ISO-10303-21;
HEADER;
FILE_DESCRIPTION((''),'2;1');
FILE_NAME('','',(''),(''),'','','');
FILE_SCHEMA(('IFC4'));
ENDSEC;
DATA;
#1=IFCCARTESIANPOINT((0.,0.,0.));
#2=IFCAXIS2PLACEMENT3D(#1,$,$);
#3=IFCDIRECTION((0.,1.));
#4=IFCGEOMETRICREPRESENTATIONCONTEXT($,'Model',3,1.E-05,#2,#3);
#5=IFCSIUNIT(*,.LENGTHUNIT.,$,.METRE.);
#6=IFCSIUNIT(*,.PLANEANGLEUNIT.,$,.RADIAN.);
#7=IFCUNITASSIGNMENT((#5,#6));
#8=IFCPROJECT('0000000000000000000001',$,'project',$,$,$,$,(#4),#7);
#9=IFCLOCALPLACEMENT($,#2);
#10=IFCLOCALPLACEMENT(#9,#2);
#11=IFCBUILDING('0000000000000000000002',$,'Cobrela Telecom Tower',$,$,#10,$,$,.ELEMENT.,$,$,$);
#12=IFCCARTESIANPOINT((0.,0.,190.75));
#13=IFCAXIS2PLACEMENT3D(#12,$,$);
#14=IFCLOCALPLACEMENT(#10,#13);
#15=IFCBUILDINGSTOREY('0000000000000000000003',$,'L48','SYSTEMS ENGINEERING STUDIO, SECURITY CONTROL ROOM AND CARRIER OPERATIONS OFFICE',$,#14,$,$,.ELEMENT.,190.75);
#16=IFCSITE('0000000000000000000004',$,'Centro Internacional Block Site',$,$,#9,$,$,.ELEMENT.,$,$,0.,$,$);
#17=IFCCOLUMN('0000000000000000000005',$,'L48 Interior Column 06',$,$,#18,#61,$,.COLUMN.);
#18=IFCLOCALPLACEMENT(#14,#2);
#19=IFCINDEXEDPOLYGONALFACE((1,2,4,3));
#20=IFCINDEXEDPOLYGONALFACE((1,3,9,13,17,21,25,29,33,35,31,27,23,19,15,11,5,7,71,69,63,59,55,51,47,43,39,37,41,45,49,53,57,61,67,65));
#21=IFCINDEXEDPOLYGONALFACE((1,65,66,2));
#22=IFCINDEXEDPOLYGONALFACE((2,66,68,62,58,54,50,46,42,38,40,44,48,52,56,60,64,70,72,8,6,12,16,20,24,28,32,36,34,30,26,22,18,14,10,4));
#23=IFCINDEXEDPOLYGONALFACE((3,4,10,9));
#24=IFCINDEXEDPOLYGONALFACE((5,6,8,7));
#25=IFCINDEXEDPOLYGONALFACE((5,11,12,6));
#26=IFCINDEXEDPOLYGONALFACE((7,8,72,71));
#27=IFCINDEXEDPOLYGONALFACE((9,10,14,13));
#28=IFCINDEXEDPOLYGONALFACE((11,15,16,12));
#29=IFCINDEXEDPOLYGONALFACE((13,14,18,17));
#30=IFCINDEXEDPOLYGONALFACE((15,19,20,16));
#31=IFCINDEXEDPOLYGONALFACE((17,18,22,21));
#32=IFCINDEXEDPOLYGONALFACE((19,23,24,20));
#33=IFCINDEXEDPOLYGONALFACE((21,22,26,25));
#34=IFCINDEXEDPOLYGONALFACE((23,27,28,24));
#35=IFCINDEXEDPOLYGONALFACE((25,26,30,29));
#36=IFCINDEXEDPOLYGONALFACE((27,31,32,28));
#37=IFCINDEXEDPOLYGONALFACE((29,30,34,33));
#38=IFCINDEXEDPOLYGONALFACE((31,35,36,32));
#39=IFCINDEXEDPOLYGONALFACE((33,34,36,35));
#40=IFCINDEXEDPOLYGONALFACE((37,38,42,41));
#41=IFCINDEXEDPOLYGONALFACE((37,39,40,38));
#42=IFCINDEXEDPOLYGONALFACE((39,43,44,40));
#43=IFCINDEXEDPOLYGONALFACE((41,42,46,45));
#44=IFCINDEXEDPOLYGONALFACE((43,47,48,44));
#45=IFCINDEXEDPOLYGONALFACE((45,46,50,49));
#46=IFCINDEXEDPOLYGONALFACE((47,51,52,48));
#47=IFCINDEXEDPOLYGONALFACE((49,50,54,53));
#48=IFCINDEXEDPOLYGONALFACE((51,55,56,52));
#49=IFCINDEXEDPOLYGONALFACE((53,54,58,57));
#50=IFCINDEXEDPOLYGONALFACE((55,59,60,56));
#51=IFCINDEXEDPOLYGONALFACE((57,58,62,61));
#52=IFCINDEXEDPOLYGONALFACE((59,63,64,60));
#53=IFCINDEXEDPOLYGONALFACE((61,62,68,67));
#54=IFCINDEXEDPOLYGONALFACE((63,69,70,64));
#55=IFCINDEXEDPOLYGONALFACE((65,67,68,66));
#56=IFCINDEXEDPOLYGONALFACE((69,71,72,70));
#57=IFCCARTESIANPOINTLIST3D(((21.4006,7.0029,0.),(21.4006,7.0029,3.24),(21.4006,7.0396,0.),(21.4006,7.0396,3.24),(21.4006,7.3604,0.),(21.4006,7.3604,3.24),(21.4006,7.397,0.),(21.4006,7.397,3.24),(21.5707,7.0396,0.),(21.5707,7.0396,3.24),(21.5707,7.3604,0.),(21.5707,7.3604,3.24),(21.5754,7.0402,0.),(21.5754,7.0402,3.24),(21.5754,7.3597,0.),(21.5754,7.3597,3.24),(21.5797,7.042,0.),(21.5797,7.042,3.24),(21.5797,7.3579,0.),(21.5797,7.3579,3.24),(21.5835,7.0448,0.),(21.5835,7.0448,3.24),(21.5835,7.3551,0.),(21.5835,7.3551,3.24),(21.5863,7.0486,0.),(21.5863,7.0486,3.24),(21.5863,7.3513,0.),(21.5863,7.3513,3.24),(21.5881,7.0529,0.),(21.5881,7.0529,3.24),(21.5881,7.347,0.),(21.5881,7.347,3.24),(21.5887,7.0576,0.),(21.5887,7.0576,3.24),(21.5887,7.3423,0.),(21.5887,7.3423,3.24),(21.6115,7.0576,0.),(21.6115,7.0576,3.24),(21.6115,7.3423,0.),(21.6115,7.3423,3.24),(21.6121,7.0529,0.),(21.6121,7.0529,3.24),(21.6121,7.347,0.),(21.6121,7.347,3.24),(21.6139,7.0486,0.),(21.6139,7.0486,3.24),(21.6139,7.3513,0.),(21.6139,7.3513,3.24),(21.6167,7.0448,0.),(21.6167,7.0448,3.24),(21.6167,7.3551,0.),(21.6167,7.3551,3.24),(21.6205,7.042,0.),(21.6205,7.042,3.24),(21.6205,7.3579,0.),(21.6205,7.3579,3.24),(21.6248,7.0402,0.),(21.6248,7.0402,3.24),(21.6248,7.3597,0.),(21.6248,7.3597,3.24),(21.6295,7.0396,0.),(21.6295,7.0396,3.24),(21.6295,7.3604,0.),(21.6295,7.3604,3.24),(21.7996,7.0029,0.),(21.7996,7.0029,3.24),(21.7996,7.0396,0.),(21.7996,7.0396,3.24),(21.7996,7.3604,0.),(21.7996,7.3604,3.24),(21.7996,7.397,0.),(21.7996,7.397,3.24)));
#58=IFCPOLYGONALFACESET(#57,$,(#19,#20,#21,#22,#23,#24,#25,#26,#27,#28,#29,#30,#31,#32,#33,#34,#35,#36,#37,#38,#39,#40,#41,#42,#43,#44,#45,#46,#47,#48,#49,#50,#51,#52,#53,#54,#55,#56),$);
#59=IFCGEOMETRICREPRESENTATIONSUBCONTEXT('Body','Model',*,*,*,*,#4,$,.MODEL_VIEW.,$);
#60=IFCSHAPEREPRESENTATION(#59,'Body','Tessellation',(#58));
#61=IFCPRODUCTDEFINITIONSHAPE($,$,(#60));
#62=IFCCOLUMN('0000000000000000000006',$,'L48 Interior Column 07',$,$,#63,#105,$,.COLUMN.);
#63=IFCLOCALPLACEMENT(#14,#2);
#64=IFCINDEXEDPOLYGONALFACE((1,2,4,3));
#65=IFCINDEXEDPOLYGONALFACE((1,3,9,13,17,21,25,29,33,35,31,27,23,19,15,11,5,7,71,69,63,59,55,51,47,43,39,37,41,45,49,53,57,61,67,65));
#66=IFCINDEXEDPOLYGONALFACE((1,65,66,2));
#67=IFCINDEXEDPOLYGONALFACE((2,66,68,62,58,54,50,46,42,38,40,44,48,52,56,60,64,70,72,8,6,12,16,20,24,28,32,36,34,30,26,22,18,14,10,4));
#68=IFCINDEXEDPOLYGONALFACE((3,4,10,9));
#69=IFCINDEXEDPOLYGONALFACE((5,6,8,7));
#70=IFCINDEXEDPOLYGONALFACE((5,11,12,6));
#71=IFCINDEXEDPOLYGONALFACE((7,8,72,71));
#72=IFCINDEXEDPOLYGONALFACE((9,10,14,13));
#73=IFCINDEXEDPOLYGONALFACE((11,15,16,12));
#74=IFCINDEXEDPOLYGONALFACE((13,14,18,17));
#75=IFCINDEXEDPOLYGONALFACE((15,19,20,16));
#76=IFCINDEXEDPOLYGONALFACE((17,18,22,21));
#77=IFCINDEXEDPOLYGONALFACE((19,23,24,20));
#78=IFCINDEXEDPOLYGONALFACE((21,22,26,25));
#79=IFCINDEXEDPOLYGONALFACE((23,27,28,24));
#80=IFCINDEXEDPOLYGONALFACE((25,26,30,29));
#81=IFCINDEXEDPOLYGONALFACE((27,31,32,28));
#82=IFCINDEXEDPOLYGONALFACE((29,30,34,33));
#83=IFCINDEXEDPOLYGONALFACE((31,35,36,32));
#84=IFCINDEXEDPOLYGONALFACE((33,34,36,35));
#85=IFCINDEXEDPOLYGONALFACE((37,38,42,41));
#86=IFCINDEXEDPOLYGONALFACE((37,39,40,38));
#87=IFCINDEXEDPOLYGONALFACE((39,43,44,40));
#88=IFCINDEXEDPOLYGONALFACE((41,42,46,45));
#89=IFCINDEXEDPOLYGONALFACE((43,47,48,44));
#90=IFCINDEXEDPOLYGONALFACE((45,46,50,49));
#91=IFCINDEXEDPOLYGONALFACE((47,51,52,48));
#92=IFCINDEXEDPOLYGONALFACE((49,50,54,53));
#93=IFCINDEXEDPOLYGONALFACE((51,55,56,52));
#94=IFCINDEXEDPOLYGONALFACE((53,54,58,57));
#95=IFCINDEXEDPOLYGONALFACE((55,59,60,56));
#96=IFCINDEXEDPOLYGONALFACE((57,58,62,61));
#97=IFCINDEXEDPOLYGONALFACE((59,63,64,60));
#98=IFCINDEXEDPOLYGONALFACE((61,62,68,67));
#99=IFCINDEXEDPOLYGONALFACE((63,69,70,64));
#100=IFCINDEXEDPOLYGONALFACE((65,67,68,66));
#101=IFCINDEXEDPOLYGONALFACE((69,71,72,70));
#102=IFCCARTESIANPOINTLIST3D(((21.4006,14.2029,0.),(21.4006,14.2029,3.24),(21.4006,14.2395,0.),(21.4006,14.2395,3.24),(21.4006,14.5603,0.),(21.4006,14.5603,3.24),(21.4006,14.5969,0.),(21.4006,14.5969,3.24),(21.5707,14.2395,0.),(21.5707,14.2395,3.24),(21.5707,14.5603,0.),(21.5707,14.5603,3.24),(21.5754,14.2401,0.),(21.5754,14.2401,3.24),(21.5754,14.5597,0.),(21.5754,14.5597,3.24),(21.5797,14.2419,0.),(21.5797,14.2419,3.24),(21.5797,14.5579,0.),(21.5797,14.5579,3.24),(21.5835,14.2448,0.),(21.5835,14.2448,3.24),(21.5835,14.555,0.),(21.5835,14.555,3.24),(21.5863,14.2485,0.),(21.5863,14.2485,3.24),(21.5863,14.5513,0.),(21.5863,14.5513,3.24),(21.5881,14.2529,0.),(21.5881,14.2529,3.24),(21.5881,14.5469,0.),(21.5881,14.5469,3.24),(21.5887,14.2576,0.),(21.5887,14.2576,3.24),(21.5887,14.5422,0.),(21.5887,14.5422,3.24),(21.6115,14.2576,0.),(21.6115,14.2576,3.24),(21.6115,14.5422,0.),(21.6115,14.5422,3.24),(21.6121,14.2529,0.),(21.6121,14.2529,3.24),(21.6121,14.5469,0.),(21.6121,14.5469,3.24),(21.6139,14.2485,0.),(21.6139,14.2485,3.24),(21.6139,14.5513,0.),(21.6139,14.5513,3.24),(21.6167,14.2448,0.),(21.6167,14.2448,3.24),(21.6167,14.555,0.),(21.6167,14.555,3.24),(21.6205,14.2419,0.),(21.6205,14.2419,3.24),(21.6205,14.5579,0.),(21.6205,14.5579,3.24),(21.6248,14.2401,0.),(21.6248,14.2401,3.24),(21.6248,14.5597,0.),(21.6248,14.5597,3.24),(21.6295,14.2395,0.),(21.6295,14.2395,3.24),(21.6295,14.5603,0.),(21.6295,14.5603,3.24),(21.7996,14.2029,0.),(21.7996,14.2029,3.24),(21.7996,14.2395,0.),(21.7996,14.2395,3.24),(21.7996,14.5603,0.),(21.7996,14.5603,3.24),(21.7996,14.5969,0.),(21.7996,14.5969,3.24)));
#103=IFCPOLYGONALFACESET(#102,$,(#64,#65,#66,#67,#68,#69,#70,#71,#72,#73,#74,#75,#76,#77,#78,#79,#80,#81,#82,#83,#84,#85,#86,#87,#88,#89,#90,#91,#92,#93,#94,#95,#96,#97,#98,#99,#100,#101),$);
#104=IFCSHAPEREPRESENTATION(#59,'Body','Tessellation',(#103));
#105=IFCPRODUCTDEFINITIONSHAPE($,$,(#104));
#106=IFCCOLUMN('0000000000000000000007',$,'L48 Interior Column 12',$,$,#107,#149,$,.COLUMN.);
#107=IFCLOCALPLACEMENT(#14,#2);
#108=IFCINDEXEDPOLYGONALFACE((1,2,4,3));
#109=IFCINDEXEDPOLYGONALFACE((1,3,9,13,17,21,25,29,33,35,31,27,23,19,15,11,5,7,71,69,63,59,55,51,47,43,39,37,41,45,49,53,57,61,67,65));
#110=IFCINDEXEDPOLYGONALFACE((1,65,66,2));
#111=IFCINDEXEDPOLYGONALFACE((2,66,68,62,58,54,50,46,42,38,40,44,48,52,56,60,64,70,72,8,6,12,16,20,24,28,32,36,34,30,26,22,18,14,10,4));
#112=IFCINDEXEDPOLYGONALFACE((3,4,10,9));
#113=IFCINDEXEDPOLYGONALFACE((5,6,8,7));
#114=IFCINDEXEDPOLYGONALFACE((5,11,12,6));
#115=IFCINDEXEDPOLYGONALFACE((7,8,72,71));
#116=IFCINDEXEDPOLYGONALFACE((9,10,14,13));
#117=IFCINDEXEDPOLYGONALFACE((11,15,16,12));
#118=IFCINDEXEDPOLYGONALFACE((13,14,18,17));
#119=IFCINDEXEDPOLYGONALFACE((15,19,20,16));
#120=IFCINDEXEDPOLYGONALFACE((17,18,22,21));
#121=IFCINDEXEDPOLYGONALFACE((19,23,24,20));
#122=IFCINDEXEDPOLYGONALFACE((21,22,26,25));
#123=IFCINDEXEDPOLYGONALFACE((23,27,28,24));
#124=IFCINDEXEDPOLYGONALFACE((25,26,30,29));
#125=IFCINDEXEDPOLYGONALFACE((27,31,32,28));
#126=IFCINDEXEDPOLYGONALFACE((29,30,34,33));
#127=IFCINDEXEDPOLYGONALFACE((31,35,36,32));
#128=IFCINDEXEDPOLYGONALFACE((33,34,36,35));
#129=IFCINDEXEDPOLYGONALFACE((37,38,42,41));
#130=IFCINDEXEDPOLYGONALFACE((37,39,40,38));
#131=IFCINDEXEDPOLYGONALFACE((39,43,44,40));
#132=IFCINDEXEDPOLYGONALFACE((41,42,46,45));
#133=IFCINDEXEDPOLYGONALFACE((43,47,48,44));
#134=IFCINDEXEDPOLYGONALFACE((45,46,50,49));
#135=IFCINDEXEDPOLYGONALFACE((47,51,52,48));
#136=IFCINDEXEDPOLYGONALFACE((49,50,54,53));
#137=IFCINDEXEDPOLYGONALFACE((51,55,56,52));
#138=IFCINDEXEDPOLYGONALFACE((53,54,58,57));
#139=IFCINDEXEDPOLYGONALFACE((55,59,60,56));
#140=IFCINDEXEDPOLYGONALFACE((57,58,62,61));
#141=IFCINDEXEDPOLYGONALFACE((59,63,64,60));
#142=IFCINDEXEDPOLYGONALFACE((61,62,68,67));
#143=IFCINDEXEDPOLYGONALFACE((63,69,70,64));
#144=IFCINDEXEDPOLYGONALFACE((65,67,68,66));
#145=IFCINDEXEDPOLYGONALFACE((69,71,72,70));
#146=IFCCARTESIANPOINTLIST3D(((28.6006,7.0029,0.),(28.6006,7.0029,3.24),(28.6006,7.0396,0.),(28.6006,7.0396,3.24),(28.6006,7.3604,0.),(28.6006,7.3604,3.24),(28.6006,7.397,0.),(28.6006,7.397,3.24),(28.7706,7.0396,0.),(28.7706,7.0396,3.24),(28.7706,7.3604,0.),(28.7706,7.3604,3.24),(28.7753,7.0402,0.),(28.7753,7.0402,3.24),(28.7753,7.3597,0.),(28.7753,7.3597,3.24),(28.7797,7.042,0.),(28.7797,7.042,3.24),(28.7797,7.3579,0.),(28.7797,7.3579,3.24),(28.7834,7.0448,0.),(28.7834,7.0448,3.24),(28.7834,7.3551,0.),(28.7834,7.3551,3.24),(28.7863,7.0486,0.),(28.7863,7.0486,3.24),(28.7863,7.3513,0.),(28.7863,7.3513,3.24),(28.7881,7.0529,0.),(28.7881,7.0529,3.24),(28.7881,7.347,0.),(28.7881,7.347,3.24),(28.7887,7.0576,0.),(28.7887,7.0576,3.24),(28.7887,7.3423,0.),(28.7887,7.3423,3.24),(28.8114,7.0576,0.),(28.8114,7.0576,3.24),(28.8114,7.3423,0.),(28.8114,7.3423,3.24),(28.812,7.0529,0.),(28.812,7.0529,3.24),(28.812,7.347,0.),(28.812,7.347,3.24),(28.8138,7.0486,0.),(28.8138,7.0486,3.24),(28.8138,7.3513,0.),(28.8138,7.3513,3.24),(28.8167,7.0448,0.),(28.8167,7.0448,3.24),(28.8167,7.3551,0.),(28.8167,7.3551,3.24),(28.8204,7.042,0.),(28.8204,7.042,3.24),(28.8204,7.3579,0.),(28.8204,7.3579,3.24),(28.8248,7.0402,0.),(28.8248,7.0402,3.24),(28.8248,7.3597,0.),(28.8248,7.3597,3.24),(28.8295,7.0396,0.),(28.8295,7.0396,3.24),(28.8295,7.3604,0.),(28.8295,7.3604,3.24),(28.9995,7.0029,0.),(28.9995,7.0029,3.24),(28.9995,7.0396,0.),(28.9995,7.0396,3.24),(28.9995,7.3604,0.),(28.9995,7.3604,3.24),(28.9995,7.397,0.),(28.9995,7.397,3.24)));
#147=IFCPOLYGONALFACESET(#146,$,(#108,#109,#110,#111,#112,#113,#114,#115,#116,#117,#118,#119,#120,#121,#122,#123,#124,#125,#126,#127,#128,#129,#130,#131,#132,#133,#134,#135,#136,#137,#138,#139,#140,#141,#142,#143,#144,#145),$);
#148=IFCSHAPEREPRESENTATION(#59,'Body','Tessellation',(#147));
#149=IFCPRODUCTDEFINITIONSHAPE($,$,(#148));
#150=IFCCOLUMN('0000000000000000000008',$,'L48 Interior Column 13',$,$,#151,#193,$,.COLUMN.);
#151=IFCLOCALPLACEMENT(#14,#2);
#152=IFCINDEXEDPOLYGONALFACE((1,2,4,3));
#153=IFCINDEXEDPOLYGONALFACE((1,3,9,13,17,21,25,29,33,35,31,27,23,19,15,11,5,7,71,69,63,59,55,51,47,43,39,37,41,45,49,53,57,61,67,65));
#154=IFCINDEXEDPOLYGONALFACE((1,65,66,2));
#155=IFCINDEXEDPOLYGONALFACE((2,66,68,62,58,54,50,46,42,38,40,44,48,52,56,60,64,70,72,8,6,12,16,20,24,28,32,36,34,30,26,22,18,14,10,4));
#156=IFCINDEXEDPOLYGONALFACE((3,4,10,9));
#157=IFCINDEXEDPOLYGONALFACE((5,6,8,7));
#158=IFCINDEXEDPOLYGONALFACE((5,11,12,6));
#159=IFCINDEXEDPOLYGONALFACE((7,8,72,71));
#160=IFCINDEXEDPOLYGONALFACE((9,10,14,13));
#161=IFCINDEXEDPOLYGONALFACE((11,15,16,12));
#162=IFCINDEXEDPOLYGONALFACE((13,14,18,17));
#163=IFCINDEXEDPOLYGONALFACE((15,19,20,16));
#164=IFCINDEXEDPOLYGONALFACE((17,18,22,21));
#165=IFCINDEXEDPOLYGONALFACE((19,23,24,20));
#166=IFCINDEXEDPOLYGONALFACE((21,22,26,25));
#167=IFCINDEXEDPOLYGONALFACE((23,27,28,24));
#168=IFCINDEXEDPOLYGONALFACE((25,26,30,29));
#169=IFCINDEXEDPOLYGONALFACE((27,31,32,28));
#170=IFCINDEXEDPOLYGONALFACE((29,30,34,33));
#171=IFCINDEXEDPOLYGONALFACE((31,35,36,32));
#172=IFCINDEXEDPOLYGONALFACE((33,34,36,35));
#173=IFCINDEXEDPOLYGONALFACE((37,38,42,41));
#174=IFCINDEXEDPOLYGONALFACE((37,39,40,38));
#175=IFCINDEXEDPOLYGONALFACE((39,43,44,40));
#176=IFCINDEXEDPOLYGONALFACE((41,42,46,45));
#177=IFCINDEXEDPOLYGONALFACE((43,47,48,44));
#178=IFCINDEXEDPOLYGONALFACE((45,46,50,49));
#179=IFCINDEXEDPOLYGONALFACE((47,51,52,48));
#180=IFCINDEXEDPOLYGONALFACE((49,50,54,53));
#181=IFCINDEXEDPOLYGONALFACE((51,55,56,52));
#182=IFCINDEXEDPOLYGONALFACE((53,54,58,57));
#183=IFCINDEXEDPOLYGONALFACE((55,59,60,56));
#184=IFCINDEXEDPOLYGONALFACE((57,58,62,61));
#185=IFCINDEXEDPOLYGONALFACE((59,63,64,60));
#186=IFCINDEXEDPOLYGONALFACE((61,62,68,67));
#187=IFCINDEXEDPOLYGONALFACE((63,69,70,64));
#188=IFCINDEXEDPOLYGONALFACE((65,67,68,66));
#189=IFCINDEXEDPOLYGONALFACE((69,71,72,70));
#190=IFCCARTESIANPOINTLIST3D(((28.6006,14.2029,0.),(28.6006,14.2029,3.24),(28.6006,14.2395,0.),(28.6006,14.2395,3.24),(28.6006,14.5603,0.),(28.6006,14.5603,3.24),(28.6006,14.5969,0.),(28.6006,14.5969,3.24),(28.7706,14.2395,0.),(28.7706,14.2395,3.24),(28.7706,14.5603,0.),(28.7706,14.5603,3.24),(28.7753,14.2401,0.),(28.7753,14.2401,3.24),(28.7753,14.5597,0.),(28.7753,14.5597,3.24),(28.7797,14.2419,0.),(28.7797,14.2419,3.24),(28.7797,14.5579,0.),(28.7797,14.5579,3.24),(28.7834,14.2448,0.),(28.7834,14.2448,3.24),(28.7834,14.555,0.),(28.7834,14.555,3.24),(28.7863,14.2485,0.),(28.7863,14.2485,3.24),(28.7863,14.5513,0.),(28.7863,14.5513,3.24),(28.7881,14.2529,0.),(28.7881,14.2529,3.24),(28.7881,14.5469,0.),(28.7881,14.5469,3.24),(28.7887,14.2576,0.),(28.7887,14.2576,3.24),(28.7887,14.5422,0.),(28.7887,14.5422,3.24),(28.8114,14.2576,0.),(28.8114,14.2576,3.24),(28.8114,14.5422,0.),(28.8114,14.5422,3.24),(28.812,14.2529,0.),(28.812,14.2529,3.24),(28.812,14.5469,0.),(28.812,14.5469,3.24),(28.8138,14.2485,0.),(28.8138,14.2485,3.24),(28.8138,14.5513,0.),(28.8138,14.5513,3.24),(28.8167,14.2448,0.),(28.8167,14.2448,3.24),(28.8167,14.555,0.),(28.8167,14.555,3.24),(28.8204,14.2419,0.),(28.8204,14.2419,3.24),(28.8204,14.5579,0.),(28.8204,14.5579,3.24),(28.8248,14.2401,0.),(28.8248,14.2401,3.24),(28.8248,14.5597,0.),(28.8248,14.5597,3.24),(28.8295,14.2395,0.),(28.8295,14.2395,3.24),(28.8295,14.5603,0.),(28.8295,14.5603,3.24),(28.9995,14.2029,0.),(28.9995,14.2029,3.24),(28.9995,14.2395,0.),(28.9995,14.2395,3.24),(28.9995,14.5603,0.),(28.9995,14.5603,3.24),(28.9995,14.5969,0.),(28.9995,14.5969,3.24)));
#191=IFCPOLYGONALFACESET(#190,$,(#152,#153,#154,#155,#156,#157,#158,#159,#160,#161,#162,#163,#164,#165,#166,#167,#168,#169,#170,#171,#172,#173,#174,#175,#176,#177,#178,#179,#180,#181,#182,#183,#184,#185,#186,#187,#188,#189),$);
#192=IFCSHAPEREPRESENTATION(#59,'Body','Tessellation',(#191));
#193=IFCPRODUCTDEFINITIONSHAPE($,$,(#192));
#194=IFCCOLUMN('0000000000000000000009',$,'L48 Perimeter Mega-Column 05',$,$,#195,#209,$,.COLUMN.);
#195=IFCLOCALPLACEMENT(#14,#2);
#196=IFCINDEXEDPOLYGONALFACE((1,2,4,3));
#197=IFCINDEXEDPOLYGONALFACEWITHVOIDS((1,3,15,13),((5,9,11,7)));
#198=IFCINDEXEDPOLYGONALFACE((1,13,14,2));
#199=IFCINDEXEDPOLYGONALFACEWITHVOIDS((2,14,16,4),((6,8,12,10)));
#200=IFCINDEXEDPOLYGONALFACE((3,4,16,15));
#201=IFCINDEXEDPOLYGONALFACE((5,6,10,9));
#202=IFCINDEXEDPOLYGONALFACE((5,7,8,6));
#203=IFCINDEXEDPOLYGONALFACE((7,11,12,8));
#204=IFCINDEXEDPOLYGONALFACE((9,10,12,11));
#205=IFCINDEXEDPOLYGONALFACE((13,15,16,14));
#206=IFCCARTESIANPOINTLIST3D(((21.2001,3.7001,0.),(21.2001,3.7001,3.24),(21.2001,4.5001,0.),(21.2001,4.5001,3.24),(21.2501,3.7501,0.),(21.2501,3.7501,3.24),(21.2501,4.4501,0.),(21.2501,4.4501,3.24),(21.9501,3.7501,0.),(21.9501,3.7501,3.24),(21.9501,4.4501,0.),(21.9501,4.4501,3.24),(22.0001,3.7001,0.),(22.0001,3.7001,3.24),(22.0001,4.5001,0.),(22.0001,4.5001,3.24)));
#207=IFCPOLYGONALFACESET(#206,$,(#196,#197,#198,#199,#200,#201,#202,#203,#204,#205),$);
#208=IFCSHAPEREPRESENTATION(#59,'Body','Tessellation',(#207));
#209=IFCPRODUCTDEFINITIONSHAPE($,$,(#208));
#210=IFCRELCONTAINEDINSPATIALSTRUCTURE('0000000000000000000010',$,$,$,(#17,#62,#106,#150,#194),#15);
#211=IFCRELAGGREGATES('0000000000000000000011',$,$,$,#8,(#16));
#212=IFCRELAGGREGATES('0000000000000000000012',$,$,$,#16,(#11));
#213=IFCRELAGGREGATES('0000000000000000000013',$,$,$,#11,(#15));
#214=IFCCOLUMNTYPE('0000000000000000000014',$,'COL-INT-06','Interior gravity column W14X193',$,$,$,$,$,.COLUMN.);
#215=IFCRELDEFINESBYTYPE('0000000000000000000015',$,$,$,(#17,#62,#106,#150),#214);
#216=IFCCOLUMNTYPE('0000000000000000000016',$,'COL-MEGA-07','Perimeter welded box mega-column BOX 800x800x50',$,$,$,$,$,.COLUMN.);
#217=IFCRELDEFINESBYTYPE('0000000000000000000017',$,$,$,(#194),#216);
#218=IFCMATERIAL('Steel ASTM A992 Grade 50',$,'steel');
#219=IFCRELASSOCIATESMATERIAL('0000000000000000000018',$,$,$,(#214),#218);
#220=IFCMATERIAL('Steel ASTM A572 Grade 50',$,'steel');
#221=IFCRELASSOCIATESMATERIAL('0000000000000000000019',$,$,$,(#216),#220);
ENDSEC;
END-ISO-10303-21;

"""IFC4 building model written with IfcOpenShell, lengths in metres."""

from ifc_helpers import new_model, si_unit, direction, frame, origin, origin_2d, place, context, subcontext, project, spatial, hollow_rectangle, i_section, extrude, material, material_profile, profile_set, type_object, element, save


model = new_model("IFC4")

# Units and contexts
model_context = context("Model", 3, precision=1e-05, world=origin(), true_north=direction((0.0, 1.0)))
body_context = subcontext(model_context, "Body", "Model", "MODEL_VIEW")
ifc_project = project(units=[si_unit("LENGTHUNIT", "METRE"), si_unit("PLANEANGLEUNIT", "RADIAN")], contexts=[model_context])

# Site, building, storey
site_placement = place(None, origin())
site = spatial("IfcSite", under=ifc_project, at=site_placement, Name="Centro Internacional Block Site", CompositionType="ELEMENT", RefElevation=0.0)
building_placement = place(site_placement, origin())
building = spatial("IfcBuilding", under=site, at=building_placement, Name="Cobrela Telecom Tower", CompositionType="ELEMENT")
storey_placement = place(building_placement, frame((0.0, 0.0, 190.75)))
storey = spatial("IfcBuildingStorey", under=building, at=storey_placement, Name="L48", Description="SYSTEMS ENGINEERING STUDIO, SECURITY CONTROL ROOM AND CARRIER OPERATIONS OFFICE", CompositionType="ELEMENT", Elevation=190.75)

# Columns
ifc_material_1 = material(Name="Steel ASTM A992 Grade 50", Category="steel")
ifc_material_profile_1 = material_profile(ifc_material_1, i_section(OverallWidth=0.3989, OverallDepth=0.394, WebThickness=0.0227, FlangeThickness=0.0366, FilletRadius=0.0181, at=origin_2d()), Name="W14X193")
ifc_profile_set_1 = profile_set([ifc_material_profile_1], Name="Steel ASTM A992 Grade 50")
column_type_1 = type_object("IfcColumnType", Name="COL-INT-06", Description="Interior gravity column W14X193", PredefinedType="COLUMN", material=ifc_profile_set_1)
for number, where, z_axis, x_axis, name in (
    (1, (21.6001, 7.2, 0.0), (0.0, 0.0, 1.0), (1.0, 0.0, 0.0), "L48 Interior Column 06"),
    (2, (21.6001, 14.3999, 0.0), (0.0, 0.0, 1.0), (1.0, 0.0, 0.0), "L48 Interior Column 07"),
    (3, (28.8, 7.2, 0.0), (0.0, 0.0, 1.0), (1.0, 0.0, 0.0), "L48 Interior Column 12"),
    (4, (28.8, 14.3999, 0.0), (0.0, 0.0, 1.0), (1.0, 0.0, 0.0), "L48 Interior Column 13"),
):
    element("IfcColumn", number, at=place(storey_placement, frame(where, z_axis=z_axis, x_axis=x_axis)), inside=storey, type_object=column_type_1, Name=name, PredefinedType="COLUMN", context=body_context, shape_type="SweptSolid", body=[
        extrude(i_section(OverallWidth=0.3989, OverallDepth=0.394, WebThickness=0.0227, FlangeThickness=0.0366, FilletRadius=0.0181, at=origin_2d()), origin(), (0.0, 0.0, 1.0), 3.24),
    ])
ifc_material_2 = material(Name="Steel ASTM A572 Grade 50", Category="steel")
ifc_material_profile_2 = material_profile(ifc_material_2, hollow_rectangle(XDim=0.8, YDim=0.8, WallThickness=0.05, at=origin_2d()), Name="BOX 800x800x50")
ifc_profile_set_2 = profile_set([ifc_material_profile_2], Name="Steel ASTM A572 Grade 50")
column_type_2 = type_object("IfcColumnType", Name="COL-MEGA-07", Description="Perimeter welded box mega-column BOX 800x800x50", PredefinedType="COLUMN", material=ifc_profile_set_2)
for number, where, z_axis, x_axis, name in (
    (5, (21.6001, 4.1001, 0.0), (0.0, 0.0, 1.0), (1.0, 0.0, 0.0), "L48 Perimeter Mega-Column 05"),
):
    element("IfcColumn", number, at=place(storey_placement, frame(where, z_axis=z_axis, x_axis=x_axis)), inside=storey, type_object=column_type_2, Name=name, PredefinedType="COLUMN", context=body_context, shape_type="SweptSolid", body=[
        extrude(hollow_rectangle(XDim=0.8, YDim=0.8, WallThickness=0.05, at=origin_2d()), origin(), (0.0, 0.0, 1.0), 3.24),
    ])

save(model, "model.ifc")
